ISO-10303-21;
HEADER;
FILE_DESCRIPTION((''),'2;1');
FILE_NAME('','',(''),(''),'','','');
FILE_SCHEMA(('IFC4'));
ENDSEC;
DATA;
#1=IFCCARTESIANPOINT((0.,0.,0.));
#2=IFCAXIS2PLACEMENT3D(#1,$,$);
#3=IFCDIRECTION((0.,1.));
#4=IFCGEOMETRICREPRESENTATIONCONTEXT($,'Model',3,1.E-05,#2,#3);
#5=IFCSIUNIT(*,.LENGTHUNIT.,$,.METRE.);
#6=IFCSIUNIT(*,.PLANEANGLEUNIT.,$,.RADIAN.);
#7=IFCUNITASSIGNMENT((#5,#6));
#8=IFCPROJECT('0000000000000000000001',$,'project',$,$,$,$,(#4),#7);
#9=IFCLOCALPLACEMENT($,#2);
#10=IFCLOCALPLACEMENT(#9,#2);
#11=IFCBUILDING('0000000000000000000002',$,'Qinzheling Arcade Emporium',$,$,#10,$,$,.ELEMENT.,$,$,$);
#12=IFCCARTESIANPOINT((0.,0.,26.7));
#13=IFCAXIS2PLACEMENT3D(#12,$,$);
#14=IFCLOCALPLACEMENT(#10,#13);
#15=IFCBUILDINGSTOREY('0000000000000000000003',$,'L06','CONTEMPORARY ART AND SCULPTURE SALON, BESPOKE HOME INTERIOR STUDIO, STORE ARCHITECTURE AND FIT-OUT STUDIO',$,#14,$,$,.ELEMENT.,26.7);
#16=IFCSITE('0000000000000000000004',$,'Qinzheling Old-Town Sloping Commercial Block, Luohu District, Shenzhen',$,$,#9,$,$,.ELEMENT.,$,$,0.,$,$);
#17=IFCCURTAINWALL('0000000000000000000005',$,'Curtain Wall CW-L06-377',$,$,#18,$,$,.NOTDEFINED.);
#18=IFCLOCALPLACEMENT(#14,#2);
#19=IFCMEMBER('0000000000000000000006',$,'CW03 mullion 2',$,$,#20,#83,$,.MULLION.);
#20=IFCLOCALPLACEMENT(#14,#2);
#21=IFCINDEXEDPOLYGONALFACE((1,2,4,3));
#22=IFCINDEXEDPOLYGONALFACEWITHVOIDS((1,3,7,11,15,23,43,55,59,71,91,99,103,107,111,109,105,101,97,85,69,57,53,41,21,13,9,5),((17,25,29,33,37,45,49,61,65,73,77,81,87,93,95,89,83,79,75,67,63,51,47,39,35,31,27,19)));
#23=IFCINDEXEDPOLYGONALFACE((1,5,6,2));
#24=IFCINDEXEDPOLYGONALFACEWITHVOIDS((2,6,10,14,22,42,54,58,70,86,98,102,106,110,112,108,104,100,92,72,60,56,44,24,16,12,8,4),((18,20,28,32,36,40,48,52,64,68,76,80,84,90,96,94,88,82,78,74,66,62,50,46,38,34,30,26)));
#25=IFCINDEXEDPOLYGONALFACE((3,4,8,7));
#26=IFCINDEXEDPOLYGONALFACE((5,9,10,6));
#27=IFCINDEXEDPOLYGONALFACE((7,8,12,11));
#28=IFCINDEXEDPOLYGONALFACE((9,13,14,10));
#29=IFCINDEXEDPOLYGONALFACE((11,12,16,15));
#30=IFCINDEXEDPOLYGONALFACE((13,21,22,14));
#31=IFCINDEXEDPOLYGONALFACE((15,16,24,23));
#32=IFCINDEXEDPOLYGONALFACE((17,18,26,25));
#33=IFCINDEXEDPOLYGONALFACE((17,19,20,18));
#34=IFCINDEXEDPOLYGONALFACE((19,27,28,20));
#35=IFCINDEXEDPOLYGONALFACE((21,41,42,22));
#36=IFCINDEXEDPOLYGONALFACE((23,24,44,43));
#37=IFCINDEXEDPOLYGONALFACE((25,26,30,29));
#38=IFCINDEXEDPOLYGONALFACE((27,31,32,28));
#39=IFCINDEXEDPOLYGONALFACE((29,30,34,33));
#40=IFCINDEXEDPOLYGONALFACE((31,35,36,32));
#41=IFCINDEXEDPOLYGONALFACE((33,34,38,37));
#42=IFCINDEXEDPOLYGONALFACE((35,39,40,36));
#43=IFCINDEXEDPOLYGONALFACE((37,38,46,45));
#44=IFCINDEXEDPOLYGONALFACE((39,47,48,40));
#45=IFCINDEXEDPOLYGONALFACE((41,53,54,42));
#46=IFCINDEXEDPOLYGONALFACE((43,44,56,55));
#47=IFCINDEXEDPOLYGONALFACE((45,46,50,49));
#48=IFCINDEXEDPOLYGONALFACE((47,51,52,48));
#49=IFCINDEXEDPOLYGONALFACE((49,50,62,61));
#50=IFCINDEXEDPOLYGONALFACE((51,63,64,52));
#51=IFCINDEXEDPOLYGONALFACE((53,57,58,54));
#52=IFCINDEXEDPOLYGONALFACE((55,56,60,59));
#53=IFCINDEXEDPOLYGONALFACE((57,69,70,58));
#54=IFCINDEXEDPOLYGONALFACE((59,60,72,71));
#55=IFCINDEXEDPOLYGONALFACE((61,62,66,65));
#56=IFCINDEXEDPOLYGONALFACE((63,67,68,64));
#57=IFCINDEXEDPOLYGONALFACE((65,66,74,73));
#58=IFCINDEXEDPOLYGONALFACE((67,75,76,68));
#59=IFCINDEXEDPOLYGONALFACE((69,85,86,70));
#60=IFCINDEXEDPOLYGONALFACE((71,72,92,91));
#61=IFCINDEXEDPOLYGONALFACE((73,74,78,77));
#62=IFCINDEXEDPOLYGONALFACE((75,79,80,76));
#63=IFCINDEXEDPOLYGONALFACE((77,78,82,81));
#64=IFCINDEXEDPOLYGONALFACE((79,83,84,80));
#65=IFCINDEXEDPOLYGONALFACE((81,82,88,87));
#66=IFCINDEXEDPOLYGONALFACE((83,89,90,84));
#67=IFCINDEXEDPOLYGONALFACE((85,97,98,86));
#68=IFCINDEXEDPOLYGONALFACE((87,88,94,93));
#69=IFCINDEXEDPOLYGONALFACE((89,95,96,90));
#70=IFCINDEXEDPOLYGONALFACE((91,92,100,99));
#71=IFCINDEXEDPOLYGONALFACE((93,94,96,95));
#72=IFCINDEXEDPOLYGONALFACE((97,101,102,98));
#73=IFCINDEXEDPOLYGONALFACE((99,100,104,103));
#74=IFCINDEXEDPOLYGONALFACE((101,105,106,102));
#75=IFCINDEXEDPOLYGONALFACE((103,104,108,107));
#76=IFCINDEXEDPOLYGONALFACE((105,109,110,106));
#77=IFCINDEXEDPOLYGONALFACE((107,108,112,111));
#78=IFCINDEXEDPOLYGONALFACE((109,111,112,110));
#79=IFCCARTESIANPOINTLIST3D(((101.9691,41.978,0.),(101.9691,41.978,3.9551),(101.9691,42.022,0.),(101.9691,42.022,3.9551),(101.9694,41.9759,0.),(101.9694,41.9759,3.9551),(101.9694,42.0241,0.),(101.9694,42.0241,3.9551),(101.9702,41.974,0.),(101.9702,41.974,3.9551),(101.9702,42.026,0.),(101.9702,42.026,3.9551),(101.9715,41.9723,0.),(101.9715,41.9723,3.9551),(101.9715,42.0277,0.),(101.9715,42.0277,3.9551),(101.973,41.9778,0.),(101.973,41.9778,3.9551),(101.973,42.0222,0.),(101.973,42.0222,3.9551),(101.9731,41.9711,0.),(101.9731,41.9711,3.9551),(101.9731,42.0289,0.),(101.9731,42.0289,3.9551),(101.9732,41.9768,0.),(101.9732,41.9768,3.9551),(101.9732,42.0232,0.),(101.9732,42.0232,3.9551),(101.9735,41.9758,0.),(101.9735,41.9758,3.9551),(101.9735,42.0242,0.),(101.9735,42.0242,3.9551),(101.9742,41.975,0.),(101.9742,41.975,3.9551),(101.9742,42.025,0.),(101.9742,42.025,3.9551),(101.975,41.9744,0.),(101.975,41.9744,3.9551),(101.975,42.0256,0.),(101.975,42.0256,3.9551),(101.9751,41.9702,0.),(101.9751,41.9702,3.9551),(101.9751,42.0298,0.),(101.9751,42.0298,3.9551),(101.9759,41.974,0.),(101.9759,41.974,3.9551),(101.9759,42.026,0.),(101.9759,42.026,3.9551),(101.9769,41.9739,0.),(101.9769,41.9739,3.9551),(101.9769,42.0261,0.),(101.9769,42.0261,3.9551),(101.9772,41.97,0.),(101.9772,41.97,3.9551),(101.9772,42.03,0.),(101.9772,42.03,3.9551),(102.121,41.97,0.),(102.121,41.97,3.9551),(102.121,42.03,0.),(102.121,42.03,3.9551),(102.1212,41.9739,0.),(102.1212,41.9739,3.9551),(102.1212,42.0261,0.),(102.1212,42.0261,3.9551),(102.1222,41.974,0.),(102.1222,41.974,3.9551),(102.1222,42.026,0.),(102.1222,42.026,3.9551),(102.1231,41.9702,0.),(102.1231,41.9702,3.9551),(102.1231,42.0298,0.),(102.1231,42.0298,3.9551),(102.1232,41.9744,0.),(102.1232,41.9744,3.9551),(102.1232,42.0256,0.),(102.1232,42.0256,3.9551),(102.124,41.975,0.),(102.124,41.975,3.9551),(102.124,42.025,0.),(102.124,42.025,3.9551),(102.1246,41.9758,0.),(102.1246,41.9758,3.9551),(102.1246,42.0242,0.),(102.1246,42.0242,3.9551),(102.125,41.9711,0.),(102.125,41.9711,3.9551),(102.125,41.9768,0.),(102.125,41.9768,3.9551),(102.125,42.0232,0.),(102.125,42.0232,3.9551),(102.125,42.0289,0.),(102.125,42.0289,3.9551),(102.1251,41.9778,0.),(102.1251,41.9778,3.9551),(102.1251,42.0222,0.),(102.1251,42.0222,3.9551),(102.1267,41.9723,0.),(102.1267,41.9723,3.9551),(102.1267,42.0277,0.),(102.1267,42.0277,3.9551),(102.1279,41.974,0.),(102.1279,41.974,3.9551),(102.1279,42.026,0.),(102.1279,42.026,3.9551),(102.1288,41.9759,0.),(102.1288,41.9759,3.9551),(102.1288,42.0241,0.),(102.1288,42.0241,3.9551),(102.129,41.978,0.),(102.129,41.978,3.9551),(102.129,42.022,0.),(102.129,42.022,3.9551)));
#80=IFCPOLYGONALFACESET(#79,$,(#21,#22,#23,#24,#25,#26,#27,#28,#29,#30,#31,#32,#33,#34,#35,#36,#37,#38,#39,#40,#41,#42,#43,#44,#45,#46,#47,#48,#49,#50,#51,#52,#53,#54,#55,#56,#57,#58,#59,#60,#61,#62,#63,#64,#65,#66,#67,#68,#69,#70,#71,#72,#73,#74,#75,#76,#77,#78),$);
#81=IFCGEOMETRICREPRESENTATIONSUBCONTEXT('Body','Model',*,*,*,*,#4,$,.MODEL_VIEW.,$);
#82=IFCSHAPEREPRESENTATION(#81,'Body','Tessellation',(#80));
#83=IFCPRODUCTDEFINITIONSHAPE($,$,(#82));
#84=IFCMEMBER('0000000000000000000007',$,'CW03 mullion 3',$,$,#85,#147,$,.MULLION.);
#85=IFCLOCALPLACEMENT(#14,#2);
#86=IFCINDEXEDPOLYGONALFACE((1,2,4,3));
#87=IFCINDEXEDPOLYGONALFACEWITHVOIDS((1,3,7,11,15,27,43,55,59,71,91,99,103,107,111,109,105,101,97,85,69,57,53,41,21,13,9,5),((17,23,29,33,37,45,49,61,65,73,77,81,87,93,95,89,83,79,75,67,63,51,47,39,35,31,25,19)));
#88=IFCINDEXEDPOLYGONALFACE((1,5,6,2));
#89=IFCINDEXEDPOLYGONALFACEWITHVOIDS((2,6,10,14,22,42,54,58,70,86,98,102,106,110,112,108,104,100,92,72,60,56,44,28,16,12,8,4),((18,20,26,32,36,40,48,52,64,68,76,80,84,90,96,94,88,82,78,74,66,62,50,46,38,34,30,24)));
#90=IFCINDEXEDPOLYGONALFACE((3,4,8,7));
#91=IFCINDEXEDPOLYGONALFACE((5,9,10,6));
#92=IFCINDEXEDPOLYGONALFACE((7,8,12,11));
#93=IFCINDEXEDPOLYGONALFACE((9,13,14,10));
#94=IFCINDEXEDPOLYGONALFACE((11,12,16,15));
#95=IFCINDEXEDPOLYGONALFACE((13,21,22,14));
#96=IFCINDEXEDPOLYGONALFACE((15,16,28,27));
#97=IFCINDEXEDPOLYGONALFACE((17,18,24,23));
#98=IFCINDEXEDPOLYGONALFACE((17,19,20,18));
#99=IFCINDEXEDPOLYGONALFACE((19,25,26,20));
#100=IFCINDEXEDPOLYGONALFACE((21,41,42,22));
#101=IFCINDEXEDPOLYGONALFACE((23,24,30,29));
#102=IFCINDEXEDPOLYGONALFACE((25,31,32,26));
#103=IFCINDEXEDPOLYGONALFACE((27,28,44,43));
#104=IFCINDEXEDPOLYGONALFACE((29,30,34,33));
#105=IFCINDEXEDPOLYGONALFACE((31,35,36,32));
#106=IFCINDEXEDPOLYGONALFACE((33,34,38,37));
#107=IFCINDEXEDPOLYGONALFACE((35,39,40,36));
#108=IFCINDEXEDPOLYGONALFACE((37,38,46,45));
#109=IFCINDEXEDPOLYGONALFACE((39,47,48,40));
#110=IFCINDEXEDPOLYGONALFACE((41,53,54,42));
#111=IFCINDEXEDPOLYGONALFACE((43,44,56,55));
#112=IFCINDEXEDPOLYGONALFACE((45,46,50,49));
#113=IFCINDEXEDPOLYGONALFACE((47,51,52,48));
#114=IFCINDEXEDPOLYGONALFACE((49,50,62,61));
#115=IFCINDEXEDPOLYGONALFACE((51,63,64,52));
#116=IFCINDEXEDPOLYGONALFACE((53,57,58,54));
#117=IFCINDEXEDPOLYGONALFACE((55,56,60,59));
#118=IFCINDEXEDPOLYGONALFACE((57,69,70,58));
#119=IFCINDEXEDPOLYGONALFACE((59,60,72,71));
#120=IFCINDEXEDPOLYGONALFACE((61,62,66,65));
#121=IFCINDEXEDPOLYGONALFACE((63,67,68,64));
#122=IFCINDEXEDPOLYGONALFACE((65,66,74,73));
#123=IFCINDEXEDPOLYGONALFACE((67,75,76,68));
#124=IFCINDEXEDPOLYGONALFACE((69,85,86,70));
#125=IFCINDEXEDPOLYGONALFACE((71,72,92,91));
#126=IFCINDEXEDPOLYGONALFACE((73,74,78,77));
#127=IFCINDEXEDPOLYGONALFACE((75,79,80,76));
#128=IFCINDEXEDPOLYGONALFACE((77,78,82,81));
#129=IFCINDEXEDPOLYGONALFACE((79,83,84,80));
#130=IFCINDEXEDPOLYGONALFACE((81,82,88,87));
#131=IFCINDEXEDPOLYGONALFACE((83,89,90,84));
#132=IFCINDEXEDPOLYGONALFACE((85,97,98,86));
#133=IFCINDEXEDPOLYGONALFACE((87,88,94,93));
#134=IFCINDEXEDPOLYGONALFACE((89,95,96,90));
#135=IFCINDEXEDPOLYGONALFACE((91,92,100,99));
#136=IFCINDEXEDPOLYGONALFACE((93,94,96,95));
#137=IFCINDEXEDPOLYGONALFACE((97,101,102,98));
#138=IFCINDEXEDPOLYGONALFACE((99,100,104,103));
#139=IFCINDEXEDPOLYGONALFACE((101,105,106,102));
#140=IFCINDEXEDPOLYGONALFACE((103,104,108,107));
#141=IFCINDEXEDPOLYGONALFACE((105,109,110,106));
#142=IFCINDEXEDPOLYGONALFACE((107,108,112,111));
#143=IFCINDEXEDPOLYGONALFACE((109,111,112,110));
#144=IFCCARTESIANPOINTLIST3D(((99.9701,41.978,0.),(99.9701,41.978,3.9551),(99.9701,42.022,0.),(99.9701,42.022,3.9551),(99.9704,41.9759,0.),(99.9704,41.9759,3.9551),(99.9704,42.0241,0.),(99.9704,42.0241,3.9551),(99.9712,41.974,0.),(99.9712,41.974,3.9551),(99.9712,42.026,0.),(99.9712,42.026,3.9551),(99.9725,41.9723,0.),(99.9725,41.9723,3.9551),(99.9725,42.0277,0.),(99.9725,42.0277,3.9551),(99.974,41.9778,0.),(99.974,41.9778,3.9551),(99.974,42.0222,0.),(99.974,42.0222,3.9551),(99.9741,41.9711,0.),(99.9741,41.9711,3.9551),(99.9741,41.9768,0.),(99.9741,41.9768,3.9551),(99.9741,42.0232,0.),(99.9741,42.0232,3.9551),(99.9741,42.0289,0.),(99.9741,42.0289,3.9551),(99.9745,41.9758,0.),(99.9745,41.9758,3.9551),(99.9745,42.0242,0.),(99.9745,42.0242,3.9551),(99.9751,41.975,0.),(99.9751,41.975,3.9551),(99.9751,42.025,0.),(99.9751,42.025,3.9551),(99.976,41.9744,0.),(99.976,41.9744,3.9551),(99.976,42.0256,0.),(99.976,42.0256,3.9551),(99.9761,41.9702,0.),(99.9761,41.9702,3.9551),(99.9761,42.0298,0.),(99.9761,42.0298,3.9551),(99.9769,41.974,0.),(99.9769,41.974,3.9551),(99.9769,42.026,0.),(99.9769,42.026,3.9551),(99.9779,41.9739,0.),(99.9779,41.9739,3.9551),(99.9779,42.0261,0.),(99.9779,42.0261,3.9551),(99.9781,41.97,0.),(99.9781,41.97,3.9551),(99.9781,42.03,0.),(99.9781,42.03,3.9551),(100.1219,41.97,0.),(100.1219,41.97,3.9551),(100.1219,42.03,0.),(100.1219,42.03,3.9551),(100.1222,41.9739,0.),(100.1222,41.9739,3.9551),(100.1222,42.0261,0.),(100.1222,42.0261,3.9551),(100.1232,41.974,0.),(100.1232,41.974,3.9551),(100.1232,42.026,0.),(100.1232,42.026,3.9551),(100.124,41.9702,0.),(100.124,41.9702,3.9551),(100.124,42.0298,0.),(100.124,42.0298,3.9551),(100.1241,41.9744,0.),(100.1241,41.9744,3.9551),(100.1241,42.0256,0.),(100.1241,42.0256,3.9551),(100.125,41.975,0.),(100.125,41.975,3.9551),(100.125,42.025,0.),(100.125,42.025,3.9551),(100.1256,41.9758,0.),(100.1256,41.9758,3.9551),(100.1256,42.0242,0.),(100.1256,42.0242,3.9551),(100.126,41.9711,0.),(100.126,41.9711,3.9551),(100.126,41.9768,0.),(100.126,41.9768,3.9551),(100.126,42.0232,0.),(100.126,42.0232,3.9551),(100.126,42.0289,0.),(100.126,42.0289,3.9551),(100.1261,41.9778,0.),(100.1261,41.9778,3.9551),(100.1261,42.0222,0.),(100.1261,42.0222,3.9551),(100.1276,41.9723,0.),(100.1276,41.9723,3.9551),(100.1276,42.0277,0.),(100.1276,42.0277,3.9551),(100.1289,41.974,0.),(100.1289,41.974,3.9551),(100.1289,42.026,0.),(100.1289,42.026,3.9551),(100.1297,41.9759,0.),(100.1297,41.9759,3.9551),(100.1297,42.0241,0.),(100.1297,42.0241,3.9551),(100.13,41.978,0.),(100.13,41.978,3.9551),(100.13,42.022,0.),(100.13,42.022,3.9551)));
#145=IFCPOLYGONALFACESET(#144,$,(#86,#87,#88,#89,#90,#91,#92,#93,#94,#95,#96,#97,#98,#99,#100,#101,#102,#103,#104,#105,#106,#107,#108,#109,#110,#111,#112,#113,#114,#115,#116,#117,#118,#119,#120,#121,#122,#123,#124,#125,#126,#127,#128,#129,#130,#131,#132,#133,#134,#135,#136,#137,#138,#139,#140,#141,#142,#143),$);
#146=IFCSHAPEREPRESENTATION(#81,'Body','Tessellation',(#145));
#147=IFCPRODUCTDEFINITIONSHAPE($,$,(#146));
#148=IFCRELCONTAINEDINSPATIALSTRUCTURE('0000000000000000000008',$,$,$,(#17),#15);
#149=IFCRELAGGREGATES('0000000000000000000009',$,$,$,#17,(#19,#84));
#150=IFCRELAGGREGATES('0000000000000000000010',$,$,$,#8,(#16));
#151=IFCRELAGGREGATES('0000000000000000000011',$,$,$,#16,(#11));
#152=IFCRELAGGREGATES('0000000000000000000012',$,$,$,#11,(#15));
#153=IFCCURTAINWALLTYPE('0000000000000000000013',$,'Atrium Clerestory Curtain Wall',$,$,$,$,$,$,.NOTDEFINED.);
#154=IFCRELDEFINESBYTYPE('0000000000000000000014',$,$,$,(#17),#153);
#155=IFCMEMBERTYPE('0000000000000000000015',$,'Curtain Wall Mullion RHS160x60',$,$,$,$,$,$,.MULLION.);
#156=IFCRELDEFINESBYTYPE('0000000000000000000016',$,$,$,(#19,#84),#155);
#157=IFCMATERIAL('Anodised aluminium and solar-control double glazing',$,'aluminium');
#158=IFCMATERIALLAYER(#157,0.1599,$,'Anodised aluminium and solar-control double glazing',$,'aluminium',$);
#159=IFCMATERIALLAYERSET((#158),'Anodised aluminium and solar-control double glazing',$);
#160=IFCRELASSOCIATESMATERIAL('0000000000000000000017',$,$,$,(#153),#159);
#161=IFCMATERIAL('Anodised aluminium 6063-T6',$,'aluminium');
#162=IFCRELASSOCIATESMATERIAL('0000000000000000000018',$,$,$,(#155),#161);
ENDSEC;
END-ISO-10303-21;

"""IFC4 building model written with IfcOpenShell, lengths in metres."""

from ifc_helpers import new_model, si_unit, direction, frame, origin, origin_2d, place, context, subcontext, project, spatial, hollow_rectangle, extrude, material, layer, layer_set, material_profile, profile_set, type_object, element, aggregate, save


model = new_model("IFC4")

# Units and contexts
model_context = context("Model", 3, precision=1e-05, world=origin(), true_north=direction((0.0, 1.0)))
body_context = subcontext(model_context, "Body", "Model", "MODEL_VIEW")
ifc_project = project(units=[si_unit("LENGTHUNIT", "METRE"), si_unit("PLANEANGLEUNIT", "RADIAN")], contexts=[model_context])

# Site, building, storey
site_placement = place(None, origin())
site = spatial("IfcSite", under=ifc_project, at=site_placement, Name="Qinzheling Old-Town Sloping Commercial Block, Luohu District, Shenzhen", CompositionType="ELEMENT", RefElevation=0.0)
building_placement = place(site_placement, origin())
building = spatial("IfcBuilding", under=site, at=building_placement, Name="Qinzheling Arcade Emporium", CompositionType="ELEMENT")
storey_placement = place(building_placement, frame((0.0, 0.0, 26.7)))
storey = spatial("IfcBuildingStorey", under=building, at=storey_placement, Name="L06", Description="CONTEMPORARY ART AND SCULPTURE SALON, BESPOKE HOME INTERIOR STUDIO, STORE ARCHITECTURE AND FIT-OUT STUDIO", CompositionType="ELEMENT", Elevation=26.7)

# Curtain wall, members
ifc_material_1 = material(Name="Anodised aluminium and solar-control double glazing", Category="aluminium")
ifc_layer_1 = layer(ifc_material_1, 0.1599, Name="Anodised aluminium and solar-control double glazing", Category="aluminium")
ifc_layer_set_1 = layer_set([ifc_layer_1], Name="Anodised aluminium and solar-control double glazing")
curtain_wall_type = type_object("IfcCurtainWallType", Name="Atrium Clerestory Curtain Wall", PredefinedType="NOTDEFINED", material=ifc_layer_set_1)
curtain_wall_placement = place(storey_placement, origin())
curtain_wall = element("IfcCurtainWall", 1, at=curtain_wall_placement, inside=storey, type_object=curtain_wall_type, Name="Curtain Wall CW-L06-377", PredefinedType="NOTDEFINED")
ifc_material_2 = material(Name="Anodised aluminium 6063-T6", Category="aluminium")
ifc_material_profile_1 = material_profile(ifc_material_2, hollow_rectangle(XDim=0.0601, YDim=0.1599, WallThickness=0.0039, InnerFilletRadius=0.0039, OuterFilletRadius=0.0081, at=origin_2d()), Name="RHS 160x60x4", Category="aluminium")
ifc_profile_set_1 = profile_set([ifc_material_profile_1], Name="Anodised aluminium 6063-T6")
member_type_1 = type_object("IfcMemberType", Name="Curtain Wall Mullion RHS160x60", PredefinedType="MULLION", material=ifc_profile_set_1)
member_1_placement = place(storey_placement, frame((102.0491, 42.0, 0.0), z_axis=(0.0, 0.0, 1.0), x_axis=(0.0, -1.0, 0.0)))
member_1 = element("IfcMember", 2, at=member_1_placement, type_object=member_type_1, Name="CW03 mullion 2", PredefinedType="MULLION", context=body_context, shape_type="SweptSolid", body=[
    extrude(hollow_rectangle(XDim=0.0601, YDim=0.1599, WallThickness=0.0039, InnerFilletRadius=0.0039, OuterFilletRadius=0.0081, at=origin_2d()), origin(), (0.0, 0.0, 1.0), 3.9551),
])
member_2_placement = place(storey_placement, frame((100.05, 42.0, 0.0), z_axis=(0.0, 0.0, 1.0), x_axis=(0.0, -1.0, 0.0)))
member_2 = element("IfcMember", 3, at=member_2_placement, type_object=member_type_1, Name="CW03 mullion 3", PredefinedType="MULLION", context=body_context, shape_type="SweptSolid", body=[
    extrude(hollow_rectangle(XDim=0.0601, YDim=0.1599, WallThickness=0.0039, InnerFilletRadius=0.0039, OuterFilletRadius=0.0081, at=origin_2d()), origin(), (0.0, 0.0, 1.0), 3.9551),
])
aggregate(curtain_wall, [member_1, member_2])

save(model, "model.ifc")
